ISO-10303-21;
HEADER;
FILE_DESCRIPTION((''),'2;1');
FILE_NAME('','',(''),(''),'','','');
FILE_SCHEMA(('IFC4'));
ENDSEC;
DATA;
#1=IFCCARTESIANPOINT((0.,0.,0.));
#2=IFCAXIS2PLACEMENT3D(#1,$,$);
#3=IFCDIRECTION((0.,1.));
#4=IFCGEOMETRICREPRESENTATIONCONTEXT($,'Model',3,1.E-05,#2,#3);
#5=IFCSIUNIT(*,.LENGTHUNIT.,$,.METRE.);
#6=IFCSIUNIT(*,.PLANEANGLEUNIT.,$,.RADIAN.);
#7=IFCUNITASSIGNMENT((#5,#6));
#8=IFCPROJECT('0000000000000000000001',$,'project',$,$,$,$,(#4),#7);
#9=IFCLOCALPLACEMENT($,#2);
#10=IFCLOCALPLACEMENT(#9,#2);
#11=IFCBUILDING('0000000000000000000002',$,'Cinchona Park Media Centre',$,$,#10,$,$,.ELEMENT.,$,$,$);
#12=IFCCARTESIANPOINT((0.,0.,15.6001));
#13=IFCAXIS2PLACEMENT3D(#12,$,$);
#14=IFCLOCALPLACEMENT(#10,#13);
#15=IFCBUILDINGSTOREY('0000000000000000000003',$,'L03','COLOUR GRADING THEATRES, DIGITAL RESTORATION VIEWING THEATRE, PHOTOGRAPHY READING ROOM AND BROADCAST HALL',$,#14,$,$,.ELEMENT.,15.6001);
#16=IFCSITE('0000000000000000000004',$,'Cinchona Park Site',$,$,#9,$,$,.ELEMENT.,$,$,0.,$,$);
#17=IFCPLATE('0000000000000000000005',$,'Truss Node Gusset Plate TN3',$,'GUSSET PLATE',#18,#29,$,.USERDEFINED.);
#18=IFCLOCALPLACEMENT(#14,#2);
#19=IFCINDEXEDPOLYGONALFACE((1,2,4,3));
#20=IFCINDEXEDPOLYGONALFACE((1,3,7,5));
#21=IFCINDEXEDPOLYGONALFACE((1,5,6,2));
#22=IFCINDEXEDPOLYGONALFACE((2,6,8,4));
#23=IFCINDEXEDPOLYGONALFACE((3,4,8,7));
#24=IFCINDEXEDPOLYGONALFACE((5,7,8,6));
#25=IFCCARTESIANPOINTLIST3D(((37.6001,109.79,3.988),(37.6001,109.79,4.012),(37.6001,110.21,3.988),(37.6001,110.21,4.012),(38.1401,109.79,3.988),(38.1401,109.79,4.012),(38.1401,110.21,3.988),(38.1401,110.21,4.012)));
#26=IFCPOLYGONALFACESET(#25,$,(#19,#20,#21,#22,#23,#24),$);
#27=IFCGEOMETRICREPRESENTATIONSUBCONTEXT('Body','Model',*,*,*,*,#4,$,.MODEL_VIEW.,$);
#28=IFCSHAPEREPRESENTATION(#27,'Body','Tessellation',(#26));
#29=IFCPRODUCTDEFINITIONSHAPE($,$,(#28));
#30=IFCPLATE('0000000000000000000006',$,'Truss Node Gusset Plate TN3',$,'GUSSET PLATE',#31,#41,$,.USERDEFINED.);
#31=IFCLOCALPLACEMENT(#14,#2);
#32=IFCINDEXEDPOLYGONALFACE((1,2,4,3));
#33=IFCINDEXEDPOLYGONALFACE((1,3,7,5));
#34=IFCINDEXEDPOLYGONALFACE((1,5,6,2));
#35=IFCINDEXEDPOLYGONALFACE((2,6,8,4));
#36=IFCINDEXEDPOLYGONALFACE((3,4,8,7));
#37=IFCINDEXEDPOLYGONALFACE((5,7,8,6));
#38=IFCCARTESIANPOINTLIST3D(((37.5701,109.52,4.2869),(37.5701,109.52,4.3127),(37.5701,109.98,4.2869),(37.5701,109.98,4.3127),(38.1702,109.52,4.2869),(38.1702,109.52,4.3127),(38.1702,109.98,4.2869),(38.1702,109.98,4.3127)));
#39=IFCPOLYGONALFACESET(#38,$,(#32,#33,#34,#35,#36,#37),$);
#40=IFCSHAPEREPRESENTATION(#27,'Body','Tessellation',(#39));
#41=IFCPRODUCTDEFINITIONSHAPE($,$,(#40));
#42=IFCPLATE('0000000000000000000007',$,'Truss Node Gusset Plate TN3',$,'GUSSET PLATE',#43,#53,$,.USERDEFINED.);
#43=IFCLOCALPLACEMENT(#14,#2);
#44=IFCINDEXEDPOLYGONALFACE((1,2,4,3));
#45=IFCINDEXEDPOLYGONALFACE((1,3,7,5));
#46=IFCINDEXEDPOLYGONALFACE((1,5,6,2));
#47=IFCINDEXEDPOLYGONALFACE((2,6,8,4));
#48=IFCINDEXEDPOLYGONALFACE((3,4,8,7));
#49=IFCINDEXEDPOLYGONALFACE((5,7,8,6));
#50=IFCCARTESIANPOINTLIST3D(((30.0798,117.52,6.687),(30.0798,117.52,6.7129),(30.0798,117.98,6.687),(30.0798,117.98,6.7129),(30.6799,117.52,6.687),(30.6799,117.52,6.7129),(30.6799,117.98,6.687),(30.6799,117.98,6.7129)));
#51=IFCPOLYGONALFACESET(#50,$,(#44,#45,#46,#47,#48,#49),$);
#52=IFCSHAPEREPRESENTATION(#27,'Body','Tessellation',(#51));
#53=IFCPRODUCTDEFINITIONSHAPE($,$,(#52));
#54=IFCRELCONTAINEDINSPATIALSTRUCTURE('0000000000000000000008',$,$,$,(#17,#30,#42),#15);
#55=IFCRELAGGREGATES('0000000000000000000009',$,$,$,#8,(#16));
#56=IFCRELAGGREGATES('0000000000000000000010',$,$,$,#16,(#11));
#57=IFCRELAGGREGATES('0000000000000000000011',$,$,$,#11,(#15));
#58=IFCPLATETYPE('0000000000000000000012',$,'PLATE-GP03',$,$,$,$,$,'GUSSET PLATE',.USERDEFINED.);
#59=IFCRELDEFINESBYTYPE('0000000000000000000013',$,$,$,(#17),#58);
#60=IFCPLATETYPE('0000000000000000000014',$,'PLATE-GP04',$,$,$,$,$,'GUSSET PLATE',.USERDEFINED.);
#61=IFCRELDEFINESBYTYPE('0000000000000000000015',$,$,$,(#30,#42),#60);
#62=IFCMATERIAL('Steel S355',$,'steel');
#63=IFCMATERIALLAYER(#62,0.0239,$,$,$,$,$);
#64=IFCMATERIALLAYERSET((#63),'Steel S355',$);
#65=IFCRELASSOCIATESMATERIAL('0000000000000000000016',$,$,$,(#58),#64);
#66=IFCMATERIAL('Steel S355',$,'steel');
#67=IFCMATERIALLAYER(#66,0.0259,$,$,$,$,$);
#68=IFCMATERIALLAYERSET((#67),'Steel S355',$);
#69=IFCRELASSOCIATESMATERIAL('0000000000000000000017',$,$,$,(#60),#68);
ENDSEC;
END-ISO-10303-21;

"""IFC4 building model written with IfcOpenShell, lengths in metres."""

from ifc_helpers import new_model, si_unit, direction, frame, origin, origin_2d, place, context, subcontext, project, spatial, rectangle, extrude, material, layer, layer_set, type_object, element, save


model = new_model("IFC4")

# Units and contexts
model_context = context("Model", 3, precision=1e-05, world=origin(), true_north=direction((0.0, 1.0)))
body_context = subcontext(model_context, "Body", "Model", "MODEL_VIEW")
ifc_project = project(units=[si_unit("LENGTHUNIT", "METRE"), si_unit("PLANEANGLEUNIT", "RADIAN")], contexts=[model_context])

# Site, building, storey
site_placement = place(None, origin())
site = spatial("IfcSite", under=ifc_project, at=site_placement, Name="Cinchona Park Site", CompositionType="ELEMENT", RefElevation=0.0)
building_placement = place(site_placement, origin())
building = spatial("IfcBuilding", under=site, at=building_placement, Name="Cinchona Park Media Centre", CompositionType="ELEMENT")
storey_placement = place(building_placement, frame((0.0, 0.0, 15.6001)))
storey = spatial("IfcBuildingStorey", under=building, at=storey_placement, Name="L03", Description="COLOUR GRADING THEATRES, DIGITAL RESTORATION VIEWING THEATRE, PHOTOGRAPHY READING ROOM AND BROADCAST HALL", CompositionType="ELEMENT", Elevation=15.6001)

# Plates
ifc_material_1 = material(Name="Steel S355", Category="steel")
ifc_layer_1 = layer(ifc_material_1, 0.0239)
ifc_layer_set_1 = layer_set([ifc_layer_1], Name="Steel S355")
plate_type_1 = type_object("IfcPlateType", Name="PLATE-GP03", ElementType="GUSSET PLATE", PredefinedType="USERDEFINED", material=ifc_layer_set_1)
for number, where, z_axis, x_axis, name in (
    (1, (37.8701, 110.0, 3.988), (0.0, 0.0, 1.0), (1.0, 0.0, 0.0), "Truss Node Gusset Plate TN3"),
):
    element("IfcPlate", number, at=place(storey_placement, frame(where, z_axis=z_axis, x_axis=x_axis)), inside=storey, type_object=plate_type_1, Name=name, ObjectType="GUSSET PLATE", PredefinedType="USERDEFINED", context=body_context, shape_type="SweptSolid", body=[
        extrude(rectangle(XDim=0.54, YDim=0.4199, at=origin_2d()), origin(), (0.0, 0.0, 1.0), 0.0239),
    ])
ifc_material_2 = material(Name="Steel S355", Category="steel")
ifc_layer_2 = layer(ifc_material_2, 0.0259)
ifc_layer_set_2 = layer_set([ifc_layer_2], Name="Steel S355")
plate_type_2 = type_object("IfcPlateType", Name="PLATE-GP04", ElementType="GUSSET PLATE", PredefinedType="USERDEFINED", material=ifc_layer_set_2)
for number, where, z_axis, x_axis, name in (
    (2, (37.8701, 109.75, 4.2869), (0.0, 0.0, 1.0), (1.0, 0.0, 0.0), "Truss Node Gusset Plate TN3"),
    (3, (30.3799, 117.75, 6.687), (0.0, 0.0, 1.0), (1.0, 0.0, 0.0), "Truss Node Gusset Plate TN3"),
):
    element("IfcPlate", number, at=place(storey_placement, frame(where, z_axis=z_axis, x_axis=x_axis)), inside=storey, type_object=plate_type_2, Name=name, ObjectType="GUSSET PLATE", PredefinedType="USERDEFINED", context=body_context, shape_type="SweptSolid", body=[
        extrude(rectangle(XDim=0.6001, YDim=0.46, at=origin_2d()), origin(), (0.0, 0.0, 1.0), 0.0259),
    ])

save(model, "model.ifc")
